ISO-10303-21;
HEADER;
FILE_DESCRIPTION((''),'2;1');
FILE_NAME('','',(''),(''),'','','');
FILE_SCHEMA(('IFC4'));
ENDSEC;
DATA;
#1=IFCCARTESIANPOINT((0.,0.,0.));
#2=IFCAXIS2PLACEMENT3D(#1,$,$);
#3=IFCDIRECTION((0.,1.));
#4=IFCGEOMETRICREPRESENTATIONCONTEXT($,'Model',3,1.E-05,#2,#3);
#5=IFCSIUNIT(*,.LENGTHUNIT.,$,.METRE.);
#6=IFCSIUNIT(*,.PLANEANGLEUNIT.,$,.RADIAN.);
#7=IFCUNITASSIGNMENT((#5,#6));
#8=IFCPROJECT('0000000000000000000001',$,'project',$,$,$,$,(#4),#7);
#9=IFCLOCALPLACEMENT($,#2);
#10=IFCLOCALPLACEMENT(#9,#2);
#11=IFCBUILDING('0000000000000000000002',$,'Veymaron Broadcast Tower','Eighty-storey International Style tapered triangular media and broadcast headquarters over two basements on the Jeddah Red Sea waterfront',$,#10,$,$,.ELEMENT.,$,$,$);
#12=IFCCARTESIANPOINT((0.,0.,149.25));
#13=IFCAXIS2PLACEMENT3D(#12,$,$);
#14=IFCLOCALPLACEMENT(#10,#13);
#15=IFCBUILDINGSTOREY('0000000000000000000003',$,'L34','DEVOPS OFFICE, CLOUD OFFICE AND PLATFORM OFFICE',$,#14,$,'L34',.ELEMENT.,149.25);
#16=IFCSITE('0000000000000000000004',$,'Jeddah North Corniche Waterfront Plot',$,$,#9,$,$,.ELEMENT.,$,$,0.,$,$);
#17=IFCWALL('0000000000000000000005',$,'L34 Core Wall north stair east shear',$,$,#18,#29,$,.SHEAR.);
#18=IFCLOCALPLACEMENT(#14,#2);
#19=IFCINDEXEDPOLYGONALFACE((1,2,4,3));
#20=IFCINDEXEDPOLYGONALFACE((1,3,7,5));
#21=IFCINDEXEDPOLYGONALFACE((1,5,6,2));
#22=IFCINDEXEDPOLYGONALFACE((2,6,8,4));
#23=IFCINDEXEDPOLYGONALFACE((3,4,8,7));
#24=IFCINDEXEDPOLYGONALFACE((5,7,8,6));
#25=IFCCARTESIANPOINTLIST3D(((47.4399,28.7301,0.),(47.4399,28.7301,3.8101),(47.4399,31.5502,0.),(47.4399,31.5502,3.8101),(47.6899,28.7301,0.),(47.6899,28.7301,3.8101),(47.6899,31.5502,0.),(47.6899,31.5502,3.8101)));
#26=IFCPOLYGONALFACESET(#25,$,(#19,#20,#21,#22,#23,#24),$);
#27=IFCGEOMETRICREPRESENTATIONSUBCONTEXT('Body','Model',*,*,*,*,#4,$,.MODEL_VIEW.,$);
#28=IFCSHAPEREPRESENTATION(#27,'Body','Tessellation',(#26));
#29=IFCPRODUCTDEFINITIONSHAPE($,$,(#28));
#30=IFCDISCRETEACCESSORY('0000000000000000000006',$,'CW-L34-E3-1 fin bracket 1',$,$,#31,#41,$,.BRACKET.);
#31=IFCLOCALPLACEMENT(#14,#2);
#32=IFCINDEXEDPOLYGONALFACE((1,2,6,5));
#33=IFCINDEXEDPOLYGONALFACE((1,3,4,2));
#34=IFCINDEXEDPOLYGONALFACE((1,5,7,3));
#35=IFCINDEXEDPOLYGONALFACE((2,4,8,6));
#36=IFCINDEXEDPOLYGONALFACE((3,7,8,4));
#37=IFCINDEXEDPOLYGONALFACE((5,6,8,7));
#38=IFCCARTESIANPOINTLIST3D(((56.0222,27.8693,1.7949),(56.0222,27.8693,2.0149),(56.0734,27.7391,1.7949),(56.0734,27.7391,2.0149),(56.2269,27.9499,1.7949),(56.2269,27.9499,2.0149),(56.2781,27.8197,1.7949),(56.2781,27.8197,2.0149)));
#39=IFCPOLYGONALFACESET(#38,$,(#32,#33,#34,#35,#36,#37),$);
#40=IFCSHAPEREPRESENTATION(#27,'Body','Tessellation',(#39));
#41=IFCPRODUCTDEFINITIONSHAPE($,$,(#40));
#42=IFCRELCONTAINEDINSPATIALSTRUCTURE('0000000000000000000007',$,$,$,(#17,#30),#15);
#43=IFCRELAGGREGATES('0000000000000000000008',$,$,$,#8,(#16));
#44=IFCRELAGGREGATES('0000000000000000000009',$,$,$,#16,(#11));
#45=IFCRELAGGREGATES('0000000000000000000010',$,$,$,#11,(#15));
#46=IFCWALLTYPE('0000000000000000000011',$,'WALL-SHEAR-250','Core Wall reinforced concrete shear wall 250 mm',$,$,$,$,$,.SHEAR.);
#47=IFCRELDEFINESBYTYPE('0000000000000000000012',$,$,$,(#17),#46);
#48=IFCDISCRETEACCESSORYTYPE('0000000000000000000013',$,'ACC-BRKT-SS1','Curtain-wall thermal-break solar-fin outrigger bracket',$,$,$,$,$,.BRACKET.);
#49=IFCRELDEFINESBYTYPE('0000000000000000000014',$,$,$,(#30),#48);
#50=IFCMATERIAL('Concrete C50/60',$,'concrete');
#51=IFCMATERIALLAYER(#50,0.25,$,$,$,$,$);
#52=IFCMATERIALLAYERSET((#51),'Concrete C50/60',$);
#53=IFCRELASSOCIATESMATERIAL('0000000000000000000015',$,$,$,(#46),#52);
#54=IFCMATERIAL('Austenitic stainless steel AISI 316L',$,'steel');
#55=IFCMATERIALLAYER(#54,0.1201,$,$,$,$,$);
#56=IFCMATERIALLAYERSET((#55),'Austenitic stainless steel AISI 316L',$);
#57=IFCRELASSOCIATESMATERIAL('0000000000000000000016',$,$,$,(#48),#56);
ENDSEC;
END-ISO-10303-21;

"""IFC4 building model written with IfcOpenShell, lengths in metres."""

from ifc_helpers import new_model, si_unit, direction, frame, frame_2d, origin, origin_2d, place, context, subcontext, project, spatial, rectangle, extrude, material, layer, layer_set, type_object, element, save


model = new_model("IFC4")

# Units and contexts
model_context = context("Model", 3, precision=1e-05, world=origin(), true_north=direction((0.0, 1.0)))
body_context = subcontext(model_context, "Body", "Model", "MODEL_VIEW")
ifc_project = project(units=[si_unit("LENGTHUNIT", "METRE"), si_unit("PLANEANGLEUNIT", "RADIAN")], contexts=[model_context])

# Site, building, storey
site_placement = place(None, origin())
site = spatial("IfcSite", under=ifc_project, at=site_placement, Name="Jeddah North Corniche Waterfront Plot", CompositionType="ELEMENT", RefElevation=0.0)
building_placement = place(site_placement, origin())
building = spatial("IfcBuilding", under=site, at=building_placement, Name="Veymaron Broadcast Tower", Description="Eighty-storey International Style tapered triangular media and broadcast headquarters over two basements on the Jeddah Red Sea waterfront", CompositionType="ELEMENT")
storey_placement = place(building_placement, frame((0.0, 0.0, 149.25)))
storey = spatial("IfcBuildingStorey", under=building, at=storey_placement, Name="L34", Description="DEVOPS OFFICE, CLOUD OFFICE AND PLATFORM OFFICE", LongName="L34", CompositionType="ELEMENT", Elevation=149.25)

# Wall
ifc_material_1 = material(Name="Concrete C50/60", Category="concrete")
ifc_layer_1 = layer(ifc_material_1, 0.25)
ifc_layer_set_1 = layer_set([ifc_layer_1], Name="Concrete C50/60")
wall_type_1 = type_object("IfcWallType", Name="WALL-SHEAR-250", Description="Core Wall reinforced concrete shear wall 250 mm", PredefinedType="SHEAR", material=ifc_layer_set_1)
wall_1_placement = place(storey_placement, frame((47.5649, 28.73, 0.0), z_axis=(0.0, 0.0, 1.0), x_axis=(0.0, 1.0, 0.0)))
element("IfcWall", 1, at=wall_1_placement, inside=storey, type_object=wall_type_1, Name="L34 Core Wall north stair east shear", PredefinedType="SHEAR", context=body_context, shape_type="SweptSolid", body=[
    extrude(rectangle(XDim=2.8201, YDim=0.25, at=frame_2d((1.4102, 0.0))), origin(), (0.0, 0.0, 1.0), 3.8101),
])

# Discrete accessory
ifc_material_2 = material(Name="Austenitic stainless steel AISI 316L", Category="steel")
ifc_layer_2 = layer(ifc_material_2, 0.1201)
ifc_layer_set_2 = layer_set([ifc_layer_2], Name="Austenitic stainless steel AISI 316L")
discrete_accessory_type = type_object("IfcDiscreteAccessoryType", Name="ACC-BRKT-SS1", Description="Curtain-wall thermal-break solar-fin outrigger bracket", PredefinedType="BRACKET", material=ifc_layer_set_2)
discrete_accessory_placement = place(storey_placement, frame((56.1501, 27.8445, 1.7949), z_axis=(0.0, 0.0, 1.0), x_axis=(0.930469, 0.366371, 0.0)))
element("IfcDiscreteAccessory", 2, at=discrete_accessory_placement, inside=storey, type_object=discrete_accessory_type, Name="CW-L34-E3-1 fin bracket 1", PredefinedType="BRACKET", context=body_context, shape_type="SweptSolid", body=[
    extrude(rectangle(XDim=0.22, YDim=0.1399, at=origin_2d()), origin(), (0.0, 0.0, 1.0), 0.22),
])

save(model, "model.ifc")
